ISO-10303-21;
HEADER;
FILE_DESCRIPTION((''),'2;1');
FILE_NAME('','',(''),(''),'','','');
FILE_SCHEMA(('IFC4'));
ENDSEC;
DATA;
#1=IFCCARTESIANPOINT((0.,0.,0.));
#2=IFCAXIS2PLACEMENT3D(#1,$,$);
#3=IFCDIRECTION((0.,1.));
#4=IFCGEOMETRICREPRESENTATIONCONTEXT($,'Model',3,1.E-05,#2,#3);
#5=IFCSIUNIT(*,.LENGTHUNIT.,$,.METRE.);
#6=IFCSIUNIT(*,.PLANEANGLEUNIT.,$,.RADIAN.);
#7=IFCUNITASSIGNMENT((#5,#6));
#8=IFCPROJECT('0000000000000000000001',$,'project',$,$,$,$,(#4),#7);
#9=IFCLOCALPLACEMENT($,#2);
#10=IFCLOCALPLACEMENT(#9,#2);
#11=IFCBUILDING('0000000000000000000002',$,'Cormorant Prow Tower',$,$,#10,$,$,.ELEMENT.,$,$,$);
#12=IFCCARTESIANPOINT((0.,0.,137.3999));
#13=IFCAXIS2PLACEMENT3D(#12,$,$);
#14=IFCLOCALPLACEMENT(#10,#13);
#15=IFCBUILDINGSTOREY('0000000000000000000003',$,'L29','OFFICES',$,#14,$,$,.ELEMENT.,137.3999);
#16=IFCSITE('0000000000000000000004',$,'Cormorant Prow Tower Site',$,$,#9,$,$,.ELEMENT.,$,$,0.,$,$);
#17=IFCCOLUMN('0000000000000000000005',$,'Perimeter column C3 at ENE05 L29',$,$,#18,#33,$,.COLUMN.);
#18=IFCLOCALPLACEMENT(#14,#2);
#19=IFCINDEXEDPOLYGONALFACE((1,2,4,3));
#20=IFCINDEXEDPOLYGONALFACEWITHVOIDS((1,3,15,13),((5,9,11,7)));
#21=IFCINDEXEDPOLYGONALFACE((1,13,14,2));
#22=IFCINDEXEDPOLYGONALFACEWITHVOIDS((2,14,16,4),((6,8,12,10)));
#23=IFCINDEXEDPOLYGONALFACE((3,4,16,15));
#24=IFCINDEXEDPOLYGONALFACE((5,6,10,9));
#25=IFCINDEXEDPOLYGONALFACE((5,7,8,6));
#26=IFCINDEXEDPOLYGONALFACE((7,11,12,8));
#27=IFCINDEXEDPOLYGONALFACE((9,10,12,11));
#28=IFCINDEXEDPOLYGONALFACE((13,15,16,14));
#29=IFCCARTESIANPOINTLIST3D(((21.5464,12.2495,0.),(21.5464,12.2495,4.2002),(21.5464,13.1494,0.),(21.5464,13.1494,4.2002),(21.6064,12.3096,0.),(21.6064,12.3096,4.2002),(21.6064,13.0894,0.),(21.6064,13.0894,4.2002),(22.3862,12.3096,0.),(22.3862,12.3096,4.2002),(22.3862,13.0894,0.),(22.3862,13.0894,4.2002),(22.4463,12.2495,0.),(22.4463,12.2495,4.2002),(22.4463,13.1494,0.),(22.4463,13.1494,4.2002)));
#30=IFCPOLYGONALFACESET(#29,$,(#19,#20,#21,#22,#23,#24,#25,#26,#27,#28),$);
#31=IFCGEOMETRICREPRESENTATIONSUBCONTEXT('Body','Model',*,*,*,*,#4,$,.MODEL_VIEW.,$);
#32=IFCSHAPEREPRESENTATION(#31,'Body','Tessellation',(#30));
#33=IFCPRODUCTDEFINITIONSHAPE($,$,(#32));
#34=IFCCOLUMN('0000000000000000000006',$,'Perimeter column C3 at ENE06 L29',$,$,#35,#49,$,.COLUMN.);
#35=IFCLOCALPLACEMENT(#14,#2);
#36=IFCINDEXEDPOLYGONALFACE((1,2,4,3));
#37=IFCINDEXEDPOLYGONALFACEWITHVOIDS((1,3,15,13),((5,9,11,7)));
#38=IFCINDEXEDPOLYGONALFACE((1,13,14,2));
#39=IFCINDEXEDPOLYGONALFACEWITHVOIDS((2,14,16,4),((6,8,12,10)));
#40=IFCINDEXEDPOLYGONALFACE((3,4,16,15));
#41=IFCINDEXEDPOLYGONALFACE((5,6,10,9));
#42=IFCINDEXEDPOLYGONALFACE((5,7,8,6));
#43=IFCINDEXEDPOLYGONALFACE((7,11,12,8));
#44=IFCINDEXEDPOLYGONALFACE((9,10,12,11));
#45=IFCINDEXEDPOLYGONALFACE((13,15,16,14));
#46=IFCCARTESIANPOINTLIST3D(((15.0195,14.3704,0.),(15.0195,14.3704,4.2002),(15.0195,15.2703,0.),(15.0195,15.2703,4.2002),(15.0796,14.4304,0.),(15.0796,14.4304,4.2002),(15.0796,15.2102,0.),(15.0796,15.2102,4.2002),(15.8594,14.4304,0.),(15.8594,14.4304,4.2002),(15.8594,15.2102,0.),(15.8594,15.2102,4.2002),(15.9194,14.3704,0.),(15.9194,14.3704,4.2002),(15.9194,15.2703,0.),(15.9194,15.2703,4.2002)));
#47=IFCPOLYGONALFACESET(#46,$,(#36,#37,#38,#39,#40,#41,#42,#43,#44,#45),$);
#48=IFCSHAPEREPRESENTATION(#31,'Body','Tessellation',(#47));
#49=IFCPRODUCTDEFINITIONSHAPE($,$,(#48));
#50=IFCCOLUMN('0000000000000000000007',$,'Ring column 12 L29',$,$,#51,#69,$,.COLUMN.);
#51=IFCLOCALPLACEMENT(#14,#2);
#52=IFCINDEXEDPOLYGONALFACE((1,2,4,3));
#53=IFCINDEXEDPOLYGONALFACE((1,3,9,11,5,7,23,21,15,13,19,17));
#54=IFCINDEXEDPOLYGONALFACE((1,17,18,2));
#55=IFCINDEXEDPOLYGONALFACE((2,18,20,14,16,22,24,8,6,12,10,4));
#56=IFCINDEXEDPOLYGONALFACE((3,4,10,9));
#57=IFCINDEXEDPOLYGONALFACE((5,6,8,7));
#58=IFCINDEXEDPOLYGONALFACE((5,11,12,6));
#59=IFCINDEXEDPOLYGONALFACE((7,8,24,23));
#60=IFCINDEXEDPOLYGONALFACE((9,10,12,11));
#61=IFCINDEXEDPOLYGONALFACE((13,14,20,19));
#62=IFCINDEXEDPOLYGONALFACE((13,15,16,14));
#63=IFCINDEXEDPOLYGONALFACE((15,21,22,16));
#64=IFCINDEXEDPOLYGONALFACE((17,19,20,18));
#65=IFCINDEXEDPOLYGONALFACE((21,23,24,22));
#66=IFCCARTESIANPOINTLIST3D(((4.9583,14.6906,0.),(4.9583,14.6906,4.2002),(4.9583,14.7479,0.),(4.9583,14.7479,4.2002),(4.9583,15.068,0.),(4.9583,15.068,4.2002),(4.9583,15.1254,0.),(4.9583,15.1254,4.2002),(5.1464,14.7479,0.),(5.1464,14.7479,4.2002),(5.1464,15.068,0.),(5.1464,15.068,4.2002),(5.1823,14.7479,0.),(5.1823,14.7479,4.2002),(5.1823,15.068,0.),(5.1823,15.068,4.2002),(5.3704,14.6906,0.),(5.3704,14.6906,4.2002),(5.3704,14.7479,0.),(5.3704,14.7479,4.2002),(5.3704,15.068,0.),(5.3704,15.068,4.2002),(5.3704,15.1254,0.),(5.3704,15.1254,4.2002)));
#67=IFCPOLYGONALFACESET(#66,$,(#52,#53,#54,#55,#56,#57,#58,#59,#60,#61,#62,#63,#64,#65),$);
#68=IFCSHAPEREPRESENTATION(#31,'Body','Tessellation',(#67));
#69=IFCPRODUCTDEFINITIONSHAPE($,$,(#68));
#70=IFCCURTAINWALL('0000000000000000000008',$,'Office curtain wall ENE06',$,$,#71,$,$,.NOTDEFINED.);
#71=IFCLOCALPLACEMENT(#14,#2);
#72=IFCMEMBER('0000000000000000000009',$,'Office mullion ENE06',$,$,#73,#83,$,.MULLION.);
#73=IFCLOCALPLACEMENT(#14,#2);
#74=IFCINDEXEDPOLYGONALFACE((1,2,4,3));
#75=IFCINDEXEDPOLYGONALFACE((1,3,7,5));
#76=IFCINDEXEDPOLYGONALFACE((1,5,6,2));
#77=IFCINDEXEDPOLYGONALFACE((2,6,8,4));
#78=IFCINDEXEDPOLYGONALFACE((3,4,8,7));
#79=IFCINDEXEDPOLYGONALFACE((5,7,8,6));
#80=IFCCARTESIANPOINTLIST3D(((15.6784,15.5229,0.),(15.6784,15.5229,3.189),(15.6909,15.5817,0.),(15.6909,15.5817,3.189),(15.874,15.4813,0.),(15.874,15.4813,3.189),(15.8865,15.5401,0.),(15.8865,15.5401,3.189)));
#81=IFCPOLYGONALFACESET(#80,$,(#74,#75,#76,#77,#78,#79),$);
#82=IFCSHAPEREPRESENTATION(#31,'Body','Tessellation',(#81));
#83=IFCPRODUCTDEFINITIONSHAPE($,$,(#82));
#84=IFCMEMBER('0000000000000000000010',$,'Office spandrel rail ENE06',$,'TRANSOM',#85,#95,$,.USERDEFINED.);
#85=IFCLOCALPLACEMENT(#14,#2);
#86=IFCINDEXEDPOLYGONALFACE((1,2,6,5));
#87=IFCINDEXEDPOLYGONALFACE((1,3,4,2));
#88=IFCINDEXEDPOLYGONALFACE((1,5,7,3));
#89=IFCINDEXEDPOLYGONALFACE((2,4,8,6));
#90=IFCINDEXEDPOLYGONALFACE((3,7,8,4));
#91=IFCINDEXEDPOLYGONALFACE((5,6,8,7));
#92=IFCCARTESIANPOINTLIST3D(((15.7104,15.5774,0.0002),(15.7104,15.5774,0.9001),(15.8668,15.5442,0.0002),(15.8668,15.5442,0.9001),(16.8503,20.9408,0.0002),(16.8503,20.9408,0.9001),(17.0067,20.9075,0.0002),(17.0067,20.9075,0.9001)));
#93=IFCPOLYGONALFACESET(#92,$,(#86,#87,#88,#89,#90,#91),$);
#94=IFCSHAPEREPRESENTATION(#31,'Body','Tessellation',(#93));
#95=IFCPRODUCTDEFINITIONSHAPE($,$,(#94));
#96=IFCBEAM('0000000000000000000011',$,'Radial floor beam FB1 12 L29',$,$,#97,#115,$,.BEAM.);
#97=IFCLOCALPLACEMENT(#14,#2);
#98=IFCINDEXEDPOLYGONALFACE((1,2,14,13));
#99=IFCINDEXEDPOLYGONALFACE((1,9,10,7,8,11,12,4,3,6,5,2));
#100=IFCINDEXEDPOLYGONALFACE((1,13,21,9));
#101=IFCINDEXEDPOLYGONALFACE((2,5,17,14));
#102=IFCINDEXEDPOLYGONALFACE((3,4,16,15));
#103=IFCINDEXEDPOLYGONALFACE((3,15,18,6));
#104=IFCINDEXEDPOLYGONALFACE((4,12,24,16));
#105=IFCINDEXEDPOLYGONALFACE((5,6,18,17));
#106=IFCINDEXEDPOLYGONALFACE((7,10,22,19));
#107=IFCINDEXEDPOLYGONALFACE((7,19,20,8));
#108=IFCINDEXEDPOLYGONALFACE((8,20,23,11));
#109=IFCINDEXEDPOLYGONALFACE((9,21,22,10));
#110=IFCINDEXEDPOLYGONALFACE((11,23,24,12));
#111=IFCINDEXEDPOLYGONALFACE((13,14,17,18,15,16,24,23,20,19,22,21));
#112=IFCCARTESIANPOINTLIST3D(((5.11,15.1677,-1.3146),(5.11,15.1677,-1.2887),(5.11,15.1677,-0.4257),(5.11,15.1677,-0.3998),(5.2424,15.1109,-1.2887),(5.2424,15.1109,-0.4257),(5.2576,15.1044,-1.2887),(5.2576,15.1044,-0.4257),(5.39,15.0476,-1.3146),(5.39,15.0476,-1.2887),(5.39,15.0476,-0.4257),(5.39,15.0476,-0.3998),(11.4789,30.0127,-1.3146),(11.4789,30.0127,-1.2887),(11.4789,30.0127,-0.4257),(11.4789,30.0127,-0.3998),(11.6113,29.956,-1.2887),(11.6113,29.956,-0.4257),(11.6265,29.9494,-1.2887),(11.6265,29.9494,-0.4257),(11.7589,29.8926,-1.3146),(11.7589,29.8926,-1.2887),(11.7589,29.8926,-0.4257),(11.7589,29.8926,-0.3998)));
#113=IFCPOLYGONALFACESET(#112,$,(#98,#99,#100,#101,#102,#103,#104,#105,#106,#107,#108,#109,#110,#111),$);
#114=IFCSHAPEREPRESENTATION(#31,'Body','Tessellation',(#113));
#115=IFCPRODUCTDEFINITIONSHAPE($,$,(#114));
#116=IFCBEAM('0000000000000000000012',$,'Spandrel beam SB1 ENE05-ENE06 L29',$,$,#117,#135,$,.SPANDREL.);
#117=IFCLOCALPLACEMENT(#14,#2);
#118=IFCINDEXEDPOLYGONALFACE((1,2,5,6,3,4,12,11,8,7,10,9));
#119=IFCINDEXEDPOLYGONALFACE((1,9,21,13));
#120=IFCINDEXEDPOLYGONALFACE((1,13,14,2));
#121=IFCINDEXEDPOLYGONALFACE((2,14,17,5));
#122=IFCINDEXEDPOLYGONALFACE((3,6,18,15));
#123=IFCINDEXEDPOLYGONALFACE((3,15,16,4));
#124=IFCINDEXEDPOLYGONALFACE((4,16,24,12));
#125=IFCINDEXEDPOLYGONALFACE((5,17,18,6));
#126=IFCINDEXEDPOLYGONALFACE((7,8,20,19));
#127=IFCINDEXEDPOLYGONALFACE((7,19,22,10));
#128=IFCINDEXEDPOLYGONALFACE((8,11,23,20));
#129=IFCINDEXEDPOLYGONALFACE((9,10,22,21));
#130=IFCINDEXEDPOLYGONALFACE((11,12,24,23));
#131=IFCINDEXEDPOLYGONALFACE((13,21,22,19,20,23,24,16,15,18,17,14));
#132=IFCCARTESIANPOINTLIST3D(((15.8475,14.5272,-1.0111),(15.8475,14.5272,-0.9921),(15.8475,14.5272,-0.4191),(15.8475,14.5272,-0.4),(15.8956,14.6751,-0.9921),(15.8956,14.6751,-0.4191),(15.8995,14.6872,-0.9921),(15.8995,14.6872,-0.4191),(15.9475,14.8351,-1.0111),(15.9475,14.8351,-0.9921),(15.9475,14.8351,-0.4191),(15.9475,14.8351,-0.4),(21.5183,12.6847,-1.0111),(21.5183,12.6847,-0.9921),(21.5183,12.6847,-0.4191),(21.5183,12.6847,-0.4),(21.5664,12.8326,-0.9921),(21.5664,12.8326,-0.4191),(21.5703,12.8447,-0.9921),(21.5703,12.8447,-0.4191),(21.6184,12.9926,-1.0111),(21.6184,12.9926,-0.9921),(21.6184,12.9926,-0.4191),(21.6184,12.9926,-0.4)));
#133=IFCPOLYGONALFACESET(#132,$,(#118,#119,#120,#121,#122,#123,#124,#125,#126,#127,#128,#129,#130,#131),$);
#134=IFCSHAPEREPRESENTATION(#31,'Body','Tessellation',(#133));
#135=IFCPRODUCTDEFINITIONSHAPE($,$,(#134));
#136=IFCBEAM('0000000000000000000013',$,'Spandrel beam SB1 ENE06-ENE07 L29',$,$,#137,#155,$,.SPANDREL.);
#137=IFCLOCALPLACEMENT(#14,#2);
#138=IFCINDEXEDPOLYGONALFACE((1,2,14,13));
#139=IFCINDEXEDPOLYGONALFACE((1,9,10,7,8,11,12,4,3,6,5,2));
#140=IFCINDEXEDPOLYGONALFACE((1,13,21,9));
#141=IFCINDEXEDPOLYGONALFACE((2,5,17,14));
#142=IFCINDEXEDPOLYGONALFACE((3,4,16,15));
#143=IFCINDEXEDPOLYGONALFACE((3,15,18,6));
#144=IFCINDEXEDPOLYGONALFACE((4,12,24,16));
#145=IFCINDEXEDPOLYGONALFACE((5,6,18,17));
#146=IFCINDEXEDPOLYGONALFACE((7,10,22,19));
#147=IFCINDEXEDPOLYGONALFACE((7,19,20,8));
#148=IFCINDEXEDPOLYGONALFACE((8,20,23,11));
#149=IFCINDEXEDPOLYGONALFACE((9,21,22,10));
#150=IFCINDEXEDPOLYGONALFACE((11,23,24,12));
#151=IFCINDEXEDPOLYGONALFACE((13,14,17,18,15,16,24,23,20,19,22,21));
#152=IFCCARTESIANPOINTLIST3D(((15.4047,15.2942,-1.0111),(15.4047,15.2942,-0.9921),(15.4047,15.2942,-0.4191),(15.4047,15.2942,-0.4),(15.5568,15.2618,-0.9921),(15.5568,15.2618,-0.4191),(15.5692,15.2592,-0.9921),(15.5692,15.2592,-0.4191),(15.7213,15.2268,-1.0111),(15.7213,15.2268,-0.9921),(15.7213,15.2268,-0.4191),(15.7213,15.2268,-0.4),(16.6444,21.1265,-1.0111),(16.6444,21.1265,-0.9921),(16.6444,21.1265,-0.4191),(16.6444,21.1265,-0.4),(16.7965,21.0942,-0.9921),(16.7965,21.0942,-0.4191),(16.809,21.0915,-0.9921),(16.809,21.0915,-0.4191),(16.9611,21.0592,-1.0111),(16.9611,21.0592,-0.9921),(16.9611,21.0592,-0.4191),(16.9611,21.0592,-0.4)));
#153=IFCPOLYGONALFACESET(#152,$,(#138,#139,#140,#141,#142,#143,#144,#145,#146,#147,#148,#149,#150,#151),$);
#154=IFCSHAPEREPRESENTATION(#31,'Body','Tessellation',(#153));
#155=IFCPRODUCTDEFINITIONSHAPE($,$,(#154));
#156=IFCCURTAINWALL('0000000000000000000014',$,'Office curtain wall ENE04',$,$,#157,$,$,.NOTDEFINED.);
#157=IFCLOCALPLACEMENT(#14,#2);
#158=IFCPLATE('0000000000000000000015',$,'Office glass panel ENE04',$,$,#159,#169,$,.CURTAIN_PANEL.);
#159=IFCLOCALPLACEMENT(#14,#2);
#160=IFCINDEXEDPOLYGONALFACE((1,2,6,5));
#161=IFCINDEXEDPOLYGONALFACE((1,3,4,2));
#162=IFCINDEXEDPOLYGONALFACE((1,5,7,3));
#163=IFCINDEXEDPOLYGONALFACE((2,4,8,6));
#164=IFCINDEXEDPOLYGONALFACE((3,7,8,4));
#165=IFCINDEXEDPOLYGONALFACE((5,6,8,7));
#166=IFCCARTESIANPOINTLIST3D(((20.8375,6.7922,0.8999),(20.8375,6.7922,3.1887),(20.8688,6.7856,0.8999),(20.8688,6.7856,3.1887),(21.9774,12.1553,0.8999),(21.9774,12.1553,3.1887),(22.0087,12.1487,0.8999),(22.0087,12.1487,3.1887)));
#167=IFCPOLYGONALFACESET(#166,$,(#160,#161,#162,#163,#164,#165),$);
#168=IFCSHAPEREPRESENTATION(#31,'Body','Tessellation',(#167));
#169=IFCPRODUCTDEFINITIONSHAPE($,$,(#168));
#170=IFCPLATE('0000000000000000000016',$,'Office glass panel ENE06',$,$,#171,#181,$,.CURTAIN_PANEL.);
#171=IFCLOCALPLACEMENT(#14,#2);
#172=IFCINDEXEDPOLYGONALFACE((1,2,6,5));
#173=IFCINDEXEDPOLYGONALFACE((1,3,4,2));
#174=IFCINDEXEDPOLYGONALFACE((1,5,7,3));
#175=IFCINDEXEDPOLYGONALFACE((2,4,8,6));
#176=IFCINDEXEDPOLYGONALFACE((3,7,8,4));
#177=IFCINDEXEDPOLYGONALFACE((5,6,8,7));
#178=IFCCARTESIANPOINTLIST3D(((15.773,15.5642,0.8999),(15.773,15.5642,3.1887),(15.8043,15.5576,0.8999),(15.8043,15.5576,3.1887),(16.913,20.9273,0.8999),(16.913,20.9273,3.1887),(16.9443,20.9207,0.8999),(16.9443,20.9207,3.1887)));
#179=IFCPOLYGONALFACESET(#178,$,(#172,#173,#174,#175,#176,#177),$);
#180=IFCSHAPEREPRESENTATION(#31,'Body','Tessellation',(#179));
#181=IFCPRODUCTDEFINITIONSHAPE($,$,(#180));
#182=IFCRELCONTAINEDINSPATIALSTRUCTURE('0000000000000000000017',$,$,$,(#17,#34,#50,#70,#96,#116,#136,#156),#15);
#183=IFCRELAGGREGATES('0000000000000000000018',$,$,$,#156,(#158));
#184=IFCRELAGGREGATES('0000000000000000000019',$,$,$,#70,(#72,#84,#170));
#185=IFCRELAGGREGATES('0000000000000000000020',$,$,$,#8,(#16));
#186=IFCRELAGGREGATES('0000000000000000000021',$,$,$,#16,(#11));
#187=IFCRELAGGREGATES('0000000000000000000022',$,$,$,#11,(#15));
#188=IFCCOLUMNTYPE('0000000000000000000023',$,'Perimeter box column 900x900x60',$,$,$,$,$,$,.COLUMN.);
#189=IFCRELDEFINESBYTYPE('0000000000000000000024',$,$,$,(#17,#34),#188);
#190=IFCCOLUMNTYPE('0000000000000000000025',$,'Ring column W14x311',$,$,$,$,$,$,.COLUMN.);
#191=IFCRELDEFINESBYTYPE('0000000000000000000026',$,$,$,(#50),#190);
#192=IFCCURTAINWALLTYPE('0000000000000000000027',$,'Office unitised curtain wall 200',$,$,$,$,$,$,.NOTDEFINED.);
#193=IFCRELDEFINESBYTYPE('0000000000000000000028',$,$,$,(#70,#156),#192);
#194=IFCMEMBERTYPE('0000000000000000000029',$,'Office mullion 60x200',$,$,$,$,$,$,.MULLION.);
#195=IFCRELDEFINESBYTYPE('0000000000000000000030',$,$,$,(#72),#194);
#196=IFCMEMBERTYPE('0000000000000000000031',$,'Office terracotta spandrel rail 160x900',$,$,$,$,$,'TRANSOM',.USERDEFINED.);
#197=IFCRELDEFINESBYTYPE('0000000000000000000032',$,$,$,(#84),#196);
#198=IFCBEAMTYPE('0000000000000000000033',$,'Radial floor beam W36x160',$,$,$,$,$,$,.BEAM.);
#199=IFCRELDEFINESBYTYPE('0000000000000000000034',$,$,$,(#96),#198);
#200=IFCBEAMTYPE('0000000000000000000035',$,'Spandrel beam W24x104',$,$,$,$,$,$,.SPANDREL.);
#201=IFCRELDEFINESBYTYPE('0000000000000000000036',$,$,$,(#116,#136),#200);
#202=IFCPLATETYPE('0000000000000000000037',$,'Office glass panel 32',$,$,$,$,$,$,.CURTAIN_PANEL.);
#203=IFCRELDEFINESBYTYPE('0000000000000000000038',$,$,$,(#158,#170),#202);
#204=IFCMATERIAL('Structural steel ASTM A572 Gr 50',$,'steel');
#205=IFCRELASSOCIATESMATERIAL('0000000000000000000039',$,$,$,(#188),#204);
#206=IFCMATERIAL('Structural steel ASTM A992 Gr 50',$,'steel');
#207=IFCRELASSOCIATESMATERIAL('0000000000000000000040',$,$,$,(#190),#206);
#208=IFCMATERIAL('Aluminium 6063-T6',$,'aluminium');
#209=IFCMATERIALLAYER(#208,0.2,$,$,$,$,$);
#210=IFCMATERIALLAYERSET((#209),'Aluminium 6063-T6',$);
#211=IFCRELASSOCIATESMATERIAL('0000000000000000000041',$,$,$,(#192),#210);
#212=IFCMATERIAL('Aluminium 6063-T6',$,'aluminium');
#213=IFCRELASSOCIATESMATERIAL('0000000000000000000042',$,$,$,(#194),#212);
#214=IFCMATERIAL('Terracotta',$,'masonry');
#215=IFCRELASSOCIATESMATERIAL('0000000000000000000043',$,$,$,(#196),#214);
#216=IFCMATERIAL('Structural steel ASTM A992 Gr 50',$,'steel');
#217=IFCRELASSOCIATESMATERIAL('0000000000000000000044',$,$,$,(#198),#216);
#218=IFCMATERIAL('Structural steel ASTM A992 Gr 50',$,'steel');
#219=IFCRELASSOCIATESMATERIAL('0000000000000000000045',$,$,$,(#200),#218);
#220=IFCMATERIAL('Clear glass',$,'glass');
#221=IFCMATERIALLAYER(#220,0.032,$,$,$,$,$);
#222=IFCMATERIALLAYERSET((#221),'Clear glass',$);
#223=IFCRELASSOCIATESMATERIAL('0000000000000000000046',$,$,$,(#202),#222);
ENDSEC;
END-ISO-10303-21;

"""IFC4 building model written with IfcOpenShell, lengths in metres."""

from ifc_helpers import new_model, si_unit, direction, frame, origin, origin_2d, place, context, subcontext, project, spatial, rectangle, hollow_rectangle, i_section, extrude, material, layer, layer_set, material_profile, profile_set, type_object, element, aggregate, save


model = new_model("IFC4")

# Units and contexts
model_context = context("Model", 3, precision=1e-05, world=origin(), true_north=direction((0.0, 1.0)))
body_context = subcontext(model_context, "Body", "Model", "MODEL_VIEW")
ifc_project = project(units=[si_unit("LENGTHUNIT", "METRE"), si_unit("PLANEANGLEUNIT", "RADIAN")], contexts=[model_context])

# Site, building, storey
site_placement = place(None, origin())
site = spatial("IfcSite", under=ifc_project, at=site_placement, Name="Cormorant Prow Tower Site", CompositionType="ELEMENT", RefElevation=0.0)
building_placement = place(site_placement, origin())
building = spatial("IfcBuilding", under=site, at=building_placement, Name="Cormorant Prow Tower", CompositionType="ELEMENT")
storey_placement = place(building_placement, frame((0.0, 0.0, 137.3999)))
storey = spatial("IfcBuildingStorey", under=building, at=storey_placement, Name="L29", Description="OFFICES", CompositionType="ELEMENT", Elevation=137.3999)

# Columns
ifc_material_1 = material(Name="Structural steel ASTM A572 Gr 50", Category="steel")
ifc_material_profile_1 = material_profile(ifc_material_1, hollow_rectangle(XDim=0.8999, YDim=0.8999, WallThickness=0.0601, at=origin_2d()), Name="Box 900x900x60")
ifc_profile_set_1 = profile_set([ifc_material_profile_1], Name="Structural steel ASTM A572 Gr 50")
column_type_1 = type_object("IfcColumnType", Name="Perimeter box column 900x900x60", PredefinedType="COLUMN", material=ifc_profile_set_1)
for number, where, z_axis, x_axis, name in (
    (1, (21.9963, 12.6995, 0.0), (0.0, 0.0, 1.0), (1.0, 0.0, 0.0), "Perimeter column C3 at ENE05 L29"),
    (2, (15.4695, 14.8203, 0.0), (0.0, 0.0, 1.0), (1.0, 0.0, 0.0), "Perimeter column C3 at ENE06 L29"),
):
    element("IfcColumn", number, at=place(storey_placement, frame(where, z_axis=z_axis, x_axis=x_axis)), inside=storey, type_object=column_type_1, Name=name, PredefinedType="COLUMN", context=body_context, shape_type="SweptSolid", body=[
        extrude(hollow_rectangle(XDim=0.8999, YDim=0.8999, WallThickness=0.0601, at=origin_2d()), origin(), (0.0, 0.0, 1.0), 4.2002),
    ])
ifc_material_2 = material(Name="Structural steel ASTM A992 Gr 50", Category="steel")
ifc_material_profile_2 = material_profile(ifc_material_2, i_section(OverallWidth=0.4121, OverallDepth=0.4348, WebThickness=0.0359, FlangeThickness=0.0574, at=origin_2d()), Name="W14x311")
ifc_profile_set_2 = profile_set([ifc_material_profile_2], Name="Structural steel ASTM A992 Gr 50")
column_type_2 = type_object("IfcColumnType", Name="Ring column W14x311", PredefinedType="COLUMN", material=ifc_profile_set_2)
column_placement = place(storey_placement, frame((5.1643, 14.908, 0.0), z_axis=(0.0, 0.0, 1.0), x_axis=(1.0, 0.0, 0.0)))
element("IfcColumn", 3, at=column_placement, inside=storey, type_object=column_type_2, Name="Ring column 12 L29", PredefinedType="COLUMN", context=body_context, shape_type="SweptSolid", body=[
    extrude(i_section(OverallWidth=0.4121, OverallDepth=0.4348, WebThickness=0.0359, FlangeThickness=0.0574, at=origin_2d()), origin(), (0.0, 0.0, 1.0), 4.2002),
])

# Curtain wall, members
ifc_material_3 = material(Name="Aluminium 6063-T6", Category="aluminium")
ifc_layer_1 = layer(ifc_material_3, 0.2)
ifc_layer_set_1 = layer_set([ifc_layer_1], Name="Aluminium 6063-T6")
curtain_wall_type = type_object("IfcCurtainWallType", Name="Office unitised curtain wall 200", PredefinedType="NOTDEFINED", material=ifc_layer_set_1)
curtain_wall_1_placement = place(storey_placement, origin())
curtain_wall_1 = element("IfcCurtainWall", 4, at=curtain_wall_1_placement, inside=storey, type_object=curtain_wall_type, Name="Office curtain wall ENE06", PredefinedType="NOTDEFINED")
ifc_material_4 = material(Name="Aluminium 6063-T6", Category="aluminium")
ifc_material_profile_3 = material_profile(ifc_material_4, rectangle(XDim=0.2, YDim=0.0601, at=origin_2d()), Name="Office mullion 60x200")
ifc_profile_set_3 = profile_set([ifc_material_profile_3], Name="Aluminium 6063-T6")
member_type_1 = type_object("IfcMemberType", Name="Office mullion 60x200", PredefinedType="MULLION", material=ifc_profile_set_3)
member_1_placement = place(storey_placement, frame((15.7825, 15.5315, 0.0), z_axis=(0.0, 0.0, 1.0), x_axis=(-0.978148, 0.207912, 0.0)))
member_1 = element("IfcMember", 5, at=member_1_placement, type_object=member_type_1, Name="Office mullion ENE06", PredefinedType="MULLION", context=body_context, shape_type="SweptSolid", body=[
    extrude(rectangle(XDim=0.2, YDim=0.0601, at=origin_2d()), origin(), (0.0, 0.0, 1.0), 3.189),
])
ifc_material_5 = material(Name="Terracotta", Category="masonry")
ifc_material_profile_4 = material_profile(ifc_material_5, rectangle(XDim=0.1599, YDim=0.8999, at=origin_2d()), Name="Office terracotta spandrel rail 160x900")
ifc_profile_set_4 = profile_set([ifc_material_profile_4], Name="Terracotta")
member_type_2 = type_object("IfcMemberType", Name="Office terracotta spandrel rail 160x900", ElementType="TRANSOM", PredefinedType="USERDEFINED", material=ifc_profile_set_4)
member_2_placement = place(storey_placement, frame((15.7886, 15.5608, 0.4502), z_axis=(0.207893, 0.978152, 0.0), x_axis=(-0.978152, 0.207893, 0.0)))
member_2 = element("IfcMember", 6, at=member_2_placement, type_object=member_type_2, Name="Office spandrel rail ENE06", ObjectType="TRANSOM", PredefinedType="USERDEFINED", context=body_context, shape_type="SweptSolid", body=[
    extrude(rectangle(XDim=0.1599, YDim=0.8999, at=origin_2d()), origin(), (0.0, 0.0, 1.0), 5.4832),
])

# Beams
ifc_material_6 = material(Name="Structural steel ASTM A992 Gr 50", Category="steel")
ifc_material_profile_5 = material_profile(ifc_material_6, i_section(OverallWidth=0.3047, OverallDepth=0.9148, WebThickness=0.0166, FlangeThickness=0.0259, at=origin_2d()), Name="W36x160")
ifc_profile_set_5 = profile_set([ifc_material_profile_5], Name="Structural steel ASTM A992 Gr 50")
beam_type_1 = type_object("IfcBeamType", Name="Radial floor beam W36x160", PredefinedType="BEAM", material=ifc_profile_set_5)
beam_placement = place(storey_placement, frame((5.25, 15.1077, -0.8572), z_axis=(0.394273, 0.918993, 0.0), x_axis=(-0.918993, 0.394273, 0.0)))
element("IfcBeam", 7, at=beam_placement, inside=storey, type_object=beam_type_1, Name="Radial floor beam FB1 12 L29", PredefinedType="BEAM", context=body_context, shape_type="SweptSolid", body=[
    extrude(i_section(OverallWidth=0.3047, OverallDepth=0.9148, WebThickness=0.0166, FlangeThickness=0.0259, at=origin_2d()), origin(), (0.0, 0.0, 1.0), 16.1536),
])
ifc_material_7 = material(Name="Structural steel ASTM A992 Gr 50", Category="steel")
ifc_material_profile_6 = material_profile(ifc_material_7, i_section(OverallWidth=0.3237, OverallDepth=0.6111, WebThickness=0.0127, FlangeThickness=0.019, at=origin_2d()), Name="W24x104")
ifc_profile_set_6 = profile_set([ifc_material_profile_6], Name="Structural steel ASTM A992 Gr 50")
beam_type_2 = type_object("IfcBeamType", Name="Spandrel beam W24x104", PredefinedType="SPANDREL", material=ifc_profile_set_6)
for number, where, z_axis, x_axis, name in (
    (8, (21.5684, 12.8386, -0.7056), (-0.951059, 0.309008, 0.0), (-0.309008, -0.951059, 0.0), "Spandrel beam SB1 ENE05-ENE06 L29"),
    (9, (15.563, 15.2605, -0.7056), (0.207921, 0.978146, 0.0), (-0.978146, 0.207921, 0.0), "Spandrel beam SB1 ENE06-ENE07 L29"),
):
    element("IfcBeam", number, at=place(storey_placement, frame(where, z_axis=z_axis, x_axis=x_axis)), inside=storey, type_object=beam_type_2, Name=name, PredefinedType="SPANDREL", context=body_context, shape_type="SweptSolid", body=[
        extrude(i_section(OverallWidth=0.3237, OverallDepth=0.6111, WebThickness=0.0127, FlangeThickness=0.019, at=origin_2d()), origin(), (0.0, 0.0, 1.0), 5.9626),
    ])

# Curtain wall, plate
curtain_wall_2_placement = place(storey_placement, origin())
curtain_wall_2 = element("IfcCurtainWall", 10, at=curtain_wall_2_placement, inside=storey, type_object=curtain_wall_type, Name="Office curtain wall ENE04", PredefinedType="NOTDEFINED")
ifc_material_8 = material(Name="Clear glass", Category="glass")
ifc_layer_2 = layer(ifc_material_8, 0.032)
ifc_layer_set_2 = layer_set([ifc_layer_2], Name="Clear glass")
plate_type = type_object("IfcPlateType", Name="Office glass panel 32", PredefinedType="CURTAIN_PANEL", material=ifc_layer_set_2)
plate_1_placement = place(storey_placement, frame((21.4231, 9.4705, 0.8999), z_axis=(0.0, 0.0, 1.0), x_axis=(0.207912, 0.978148, 0.0)))
plate_1 = element("IfcPlate", 11, at=plate_1_placement, type_object=plate_type, Name="Office glass panel ENE04", PredefinedType="CURTAIN_PANEL", context=body_context, shape_type="SweptSolid", body=[
    extrude(rectangle(XDim=5.4829, YDim=0.032, at=origin_2d()), origin(), (0.0, 0.0, 1.0), 2.2888),
])
aggregate(curtain_wall_2, [plate_1])

# Plate
plate_2_placement = place(storey_placement, frame((16.3586, 18.2424, 0.8999), z_axis=(0.0, 0.0, 1.0), x_axis=(0.207912, 0.978148, 0.0)))
plate_2 = element("IfcPlate", 12, at=plate_2_placement, type_object=plate_type, Name="Office glass panel ENE06", PredefinedType="CURTAIN_PANEL", context=body_context, shape_type="SweptSolid", body=[
    extrude(rectangle(XDim=5.4829, YDim=0.032, at=origin_2d()), origin(), (0.0, 0.0, 1.0), 2.2888),
])
aggregate(curtain_wall_1, [member_1, member_2, plate_2])

save(model, "model.ifc")
